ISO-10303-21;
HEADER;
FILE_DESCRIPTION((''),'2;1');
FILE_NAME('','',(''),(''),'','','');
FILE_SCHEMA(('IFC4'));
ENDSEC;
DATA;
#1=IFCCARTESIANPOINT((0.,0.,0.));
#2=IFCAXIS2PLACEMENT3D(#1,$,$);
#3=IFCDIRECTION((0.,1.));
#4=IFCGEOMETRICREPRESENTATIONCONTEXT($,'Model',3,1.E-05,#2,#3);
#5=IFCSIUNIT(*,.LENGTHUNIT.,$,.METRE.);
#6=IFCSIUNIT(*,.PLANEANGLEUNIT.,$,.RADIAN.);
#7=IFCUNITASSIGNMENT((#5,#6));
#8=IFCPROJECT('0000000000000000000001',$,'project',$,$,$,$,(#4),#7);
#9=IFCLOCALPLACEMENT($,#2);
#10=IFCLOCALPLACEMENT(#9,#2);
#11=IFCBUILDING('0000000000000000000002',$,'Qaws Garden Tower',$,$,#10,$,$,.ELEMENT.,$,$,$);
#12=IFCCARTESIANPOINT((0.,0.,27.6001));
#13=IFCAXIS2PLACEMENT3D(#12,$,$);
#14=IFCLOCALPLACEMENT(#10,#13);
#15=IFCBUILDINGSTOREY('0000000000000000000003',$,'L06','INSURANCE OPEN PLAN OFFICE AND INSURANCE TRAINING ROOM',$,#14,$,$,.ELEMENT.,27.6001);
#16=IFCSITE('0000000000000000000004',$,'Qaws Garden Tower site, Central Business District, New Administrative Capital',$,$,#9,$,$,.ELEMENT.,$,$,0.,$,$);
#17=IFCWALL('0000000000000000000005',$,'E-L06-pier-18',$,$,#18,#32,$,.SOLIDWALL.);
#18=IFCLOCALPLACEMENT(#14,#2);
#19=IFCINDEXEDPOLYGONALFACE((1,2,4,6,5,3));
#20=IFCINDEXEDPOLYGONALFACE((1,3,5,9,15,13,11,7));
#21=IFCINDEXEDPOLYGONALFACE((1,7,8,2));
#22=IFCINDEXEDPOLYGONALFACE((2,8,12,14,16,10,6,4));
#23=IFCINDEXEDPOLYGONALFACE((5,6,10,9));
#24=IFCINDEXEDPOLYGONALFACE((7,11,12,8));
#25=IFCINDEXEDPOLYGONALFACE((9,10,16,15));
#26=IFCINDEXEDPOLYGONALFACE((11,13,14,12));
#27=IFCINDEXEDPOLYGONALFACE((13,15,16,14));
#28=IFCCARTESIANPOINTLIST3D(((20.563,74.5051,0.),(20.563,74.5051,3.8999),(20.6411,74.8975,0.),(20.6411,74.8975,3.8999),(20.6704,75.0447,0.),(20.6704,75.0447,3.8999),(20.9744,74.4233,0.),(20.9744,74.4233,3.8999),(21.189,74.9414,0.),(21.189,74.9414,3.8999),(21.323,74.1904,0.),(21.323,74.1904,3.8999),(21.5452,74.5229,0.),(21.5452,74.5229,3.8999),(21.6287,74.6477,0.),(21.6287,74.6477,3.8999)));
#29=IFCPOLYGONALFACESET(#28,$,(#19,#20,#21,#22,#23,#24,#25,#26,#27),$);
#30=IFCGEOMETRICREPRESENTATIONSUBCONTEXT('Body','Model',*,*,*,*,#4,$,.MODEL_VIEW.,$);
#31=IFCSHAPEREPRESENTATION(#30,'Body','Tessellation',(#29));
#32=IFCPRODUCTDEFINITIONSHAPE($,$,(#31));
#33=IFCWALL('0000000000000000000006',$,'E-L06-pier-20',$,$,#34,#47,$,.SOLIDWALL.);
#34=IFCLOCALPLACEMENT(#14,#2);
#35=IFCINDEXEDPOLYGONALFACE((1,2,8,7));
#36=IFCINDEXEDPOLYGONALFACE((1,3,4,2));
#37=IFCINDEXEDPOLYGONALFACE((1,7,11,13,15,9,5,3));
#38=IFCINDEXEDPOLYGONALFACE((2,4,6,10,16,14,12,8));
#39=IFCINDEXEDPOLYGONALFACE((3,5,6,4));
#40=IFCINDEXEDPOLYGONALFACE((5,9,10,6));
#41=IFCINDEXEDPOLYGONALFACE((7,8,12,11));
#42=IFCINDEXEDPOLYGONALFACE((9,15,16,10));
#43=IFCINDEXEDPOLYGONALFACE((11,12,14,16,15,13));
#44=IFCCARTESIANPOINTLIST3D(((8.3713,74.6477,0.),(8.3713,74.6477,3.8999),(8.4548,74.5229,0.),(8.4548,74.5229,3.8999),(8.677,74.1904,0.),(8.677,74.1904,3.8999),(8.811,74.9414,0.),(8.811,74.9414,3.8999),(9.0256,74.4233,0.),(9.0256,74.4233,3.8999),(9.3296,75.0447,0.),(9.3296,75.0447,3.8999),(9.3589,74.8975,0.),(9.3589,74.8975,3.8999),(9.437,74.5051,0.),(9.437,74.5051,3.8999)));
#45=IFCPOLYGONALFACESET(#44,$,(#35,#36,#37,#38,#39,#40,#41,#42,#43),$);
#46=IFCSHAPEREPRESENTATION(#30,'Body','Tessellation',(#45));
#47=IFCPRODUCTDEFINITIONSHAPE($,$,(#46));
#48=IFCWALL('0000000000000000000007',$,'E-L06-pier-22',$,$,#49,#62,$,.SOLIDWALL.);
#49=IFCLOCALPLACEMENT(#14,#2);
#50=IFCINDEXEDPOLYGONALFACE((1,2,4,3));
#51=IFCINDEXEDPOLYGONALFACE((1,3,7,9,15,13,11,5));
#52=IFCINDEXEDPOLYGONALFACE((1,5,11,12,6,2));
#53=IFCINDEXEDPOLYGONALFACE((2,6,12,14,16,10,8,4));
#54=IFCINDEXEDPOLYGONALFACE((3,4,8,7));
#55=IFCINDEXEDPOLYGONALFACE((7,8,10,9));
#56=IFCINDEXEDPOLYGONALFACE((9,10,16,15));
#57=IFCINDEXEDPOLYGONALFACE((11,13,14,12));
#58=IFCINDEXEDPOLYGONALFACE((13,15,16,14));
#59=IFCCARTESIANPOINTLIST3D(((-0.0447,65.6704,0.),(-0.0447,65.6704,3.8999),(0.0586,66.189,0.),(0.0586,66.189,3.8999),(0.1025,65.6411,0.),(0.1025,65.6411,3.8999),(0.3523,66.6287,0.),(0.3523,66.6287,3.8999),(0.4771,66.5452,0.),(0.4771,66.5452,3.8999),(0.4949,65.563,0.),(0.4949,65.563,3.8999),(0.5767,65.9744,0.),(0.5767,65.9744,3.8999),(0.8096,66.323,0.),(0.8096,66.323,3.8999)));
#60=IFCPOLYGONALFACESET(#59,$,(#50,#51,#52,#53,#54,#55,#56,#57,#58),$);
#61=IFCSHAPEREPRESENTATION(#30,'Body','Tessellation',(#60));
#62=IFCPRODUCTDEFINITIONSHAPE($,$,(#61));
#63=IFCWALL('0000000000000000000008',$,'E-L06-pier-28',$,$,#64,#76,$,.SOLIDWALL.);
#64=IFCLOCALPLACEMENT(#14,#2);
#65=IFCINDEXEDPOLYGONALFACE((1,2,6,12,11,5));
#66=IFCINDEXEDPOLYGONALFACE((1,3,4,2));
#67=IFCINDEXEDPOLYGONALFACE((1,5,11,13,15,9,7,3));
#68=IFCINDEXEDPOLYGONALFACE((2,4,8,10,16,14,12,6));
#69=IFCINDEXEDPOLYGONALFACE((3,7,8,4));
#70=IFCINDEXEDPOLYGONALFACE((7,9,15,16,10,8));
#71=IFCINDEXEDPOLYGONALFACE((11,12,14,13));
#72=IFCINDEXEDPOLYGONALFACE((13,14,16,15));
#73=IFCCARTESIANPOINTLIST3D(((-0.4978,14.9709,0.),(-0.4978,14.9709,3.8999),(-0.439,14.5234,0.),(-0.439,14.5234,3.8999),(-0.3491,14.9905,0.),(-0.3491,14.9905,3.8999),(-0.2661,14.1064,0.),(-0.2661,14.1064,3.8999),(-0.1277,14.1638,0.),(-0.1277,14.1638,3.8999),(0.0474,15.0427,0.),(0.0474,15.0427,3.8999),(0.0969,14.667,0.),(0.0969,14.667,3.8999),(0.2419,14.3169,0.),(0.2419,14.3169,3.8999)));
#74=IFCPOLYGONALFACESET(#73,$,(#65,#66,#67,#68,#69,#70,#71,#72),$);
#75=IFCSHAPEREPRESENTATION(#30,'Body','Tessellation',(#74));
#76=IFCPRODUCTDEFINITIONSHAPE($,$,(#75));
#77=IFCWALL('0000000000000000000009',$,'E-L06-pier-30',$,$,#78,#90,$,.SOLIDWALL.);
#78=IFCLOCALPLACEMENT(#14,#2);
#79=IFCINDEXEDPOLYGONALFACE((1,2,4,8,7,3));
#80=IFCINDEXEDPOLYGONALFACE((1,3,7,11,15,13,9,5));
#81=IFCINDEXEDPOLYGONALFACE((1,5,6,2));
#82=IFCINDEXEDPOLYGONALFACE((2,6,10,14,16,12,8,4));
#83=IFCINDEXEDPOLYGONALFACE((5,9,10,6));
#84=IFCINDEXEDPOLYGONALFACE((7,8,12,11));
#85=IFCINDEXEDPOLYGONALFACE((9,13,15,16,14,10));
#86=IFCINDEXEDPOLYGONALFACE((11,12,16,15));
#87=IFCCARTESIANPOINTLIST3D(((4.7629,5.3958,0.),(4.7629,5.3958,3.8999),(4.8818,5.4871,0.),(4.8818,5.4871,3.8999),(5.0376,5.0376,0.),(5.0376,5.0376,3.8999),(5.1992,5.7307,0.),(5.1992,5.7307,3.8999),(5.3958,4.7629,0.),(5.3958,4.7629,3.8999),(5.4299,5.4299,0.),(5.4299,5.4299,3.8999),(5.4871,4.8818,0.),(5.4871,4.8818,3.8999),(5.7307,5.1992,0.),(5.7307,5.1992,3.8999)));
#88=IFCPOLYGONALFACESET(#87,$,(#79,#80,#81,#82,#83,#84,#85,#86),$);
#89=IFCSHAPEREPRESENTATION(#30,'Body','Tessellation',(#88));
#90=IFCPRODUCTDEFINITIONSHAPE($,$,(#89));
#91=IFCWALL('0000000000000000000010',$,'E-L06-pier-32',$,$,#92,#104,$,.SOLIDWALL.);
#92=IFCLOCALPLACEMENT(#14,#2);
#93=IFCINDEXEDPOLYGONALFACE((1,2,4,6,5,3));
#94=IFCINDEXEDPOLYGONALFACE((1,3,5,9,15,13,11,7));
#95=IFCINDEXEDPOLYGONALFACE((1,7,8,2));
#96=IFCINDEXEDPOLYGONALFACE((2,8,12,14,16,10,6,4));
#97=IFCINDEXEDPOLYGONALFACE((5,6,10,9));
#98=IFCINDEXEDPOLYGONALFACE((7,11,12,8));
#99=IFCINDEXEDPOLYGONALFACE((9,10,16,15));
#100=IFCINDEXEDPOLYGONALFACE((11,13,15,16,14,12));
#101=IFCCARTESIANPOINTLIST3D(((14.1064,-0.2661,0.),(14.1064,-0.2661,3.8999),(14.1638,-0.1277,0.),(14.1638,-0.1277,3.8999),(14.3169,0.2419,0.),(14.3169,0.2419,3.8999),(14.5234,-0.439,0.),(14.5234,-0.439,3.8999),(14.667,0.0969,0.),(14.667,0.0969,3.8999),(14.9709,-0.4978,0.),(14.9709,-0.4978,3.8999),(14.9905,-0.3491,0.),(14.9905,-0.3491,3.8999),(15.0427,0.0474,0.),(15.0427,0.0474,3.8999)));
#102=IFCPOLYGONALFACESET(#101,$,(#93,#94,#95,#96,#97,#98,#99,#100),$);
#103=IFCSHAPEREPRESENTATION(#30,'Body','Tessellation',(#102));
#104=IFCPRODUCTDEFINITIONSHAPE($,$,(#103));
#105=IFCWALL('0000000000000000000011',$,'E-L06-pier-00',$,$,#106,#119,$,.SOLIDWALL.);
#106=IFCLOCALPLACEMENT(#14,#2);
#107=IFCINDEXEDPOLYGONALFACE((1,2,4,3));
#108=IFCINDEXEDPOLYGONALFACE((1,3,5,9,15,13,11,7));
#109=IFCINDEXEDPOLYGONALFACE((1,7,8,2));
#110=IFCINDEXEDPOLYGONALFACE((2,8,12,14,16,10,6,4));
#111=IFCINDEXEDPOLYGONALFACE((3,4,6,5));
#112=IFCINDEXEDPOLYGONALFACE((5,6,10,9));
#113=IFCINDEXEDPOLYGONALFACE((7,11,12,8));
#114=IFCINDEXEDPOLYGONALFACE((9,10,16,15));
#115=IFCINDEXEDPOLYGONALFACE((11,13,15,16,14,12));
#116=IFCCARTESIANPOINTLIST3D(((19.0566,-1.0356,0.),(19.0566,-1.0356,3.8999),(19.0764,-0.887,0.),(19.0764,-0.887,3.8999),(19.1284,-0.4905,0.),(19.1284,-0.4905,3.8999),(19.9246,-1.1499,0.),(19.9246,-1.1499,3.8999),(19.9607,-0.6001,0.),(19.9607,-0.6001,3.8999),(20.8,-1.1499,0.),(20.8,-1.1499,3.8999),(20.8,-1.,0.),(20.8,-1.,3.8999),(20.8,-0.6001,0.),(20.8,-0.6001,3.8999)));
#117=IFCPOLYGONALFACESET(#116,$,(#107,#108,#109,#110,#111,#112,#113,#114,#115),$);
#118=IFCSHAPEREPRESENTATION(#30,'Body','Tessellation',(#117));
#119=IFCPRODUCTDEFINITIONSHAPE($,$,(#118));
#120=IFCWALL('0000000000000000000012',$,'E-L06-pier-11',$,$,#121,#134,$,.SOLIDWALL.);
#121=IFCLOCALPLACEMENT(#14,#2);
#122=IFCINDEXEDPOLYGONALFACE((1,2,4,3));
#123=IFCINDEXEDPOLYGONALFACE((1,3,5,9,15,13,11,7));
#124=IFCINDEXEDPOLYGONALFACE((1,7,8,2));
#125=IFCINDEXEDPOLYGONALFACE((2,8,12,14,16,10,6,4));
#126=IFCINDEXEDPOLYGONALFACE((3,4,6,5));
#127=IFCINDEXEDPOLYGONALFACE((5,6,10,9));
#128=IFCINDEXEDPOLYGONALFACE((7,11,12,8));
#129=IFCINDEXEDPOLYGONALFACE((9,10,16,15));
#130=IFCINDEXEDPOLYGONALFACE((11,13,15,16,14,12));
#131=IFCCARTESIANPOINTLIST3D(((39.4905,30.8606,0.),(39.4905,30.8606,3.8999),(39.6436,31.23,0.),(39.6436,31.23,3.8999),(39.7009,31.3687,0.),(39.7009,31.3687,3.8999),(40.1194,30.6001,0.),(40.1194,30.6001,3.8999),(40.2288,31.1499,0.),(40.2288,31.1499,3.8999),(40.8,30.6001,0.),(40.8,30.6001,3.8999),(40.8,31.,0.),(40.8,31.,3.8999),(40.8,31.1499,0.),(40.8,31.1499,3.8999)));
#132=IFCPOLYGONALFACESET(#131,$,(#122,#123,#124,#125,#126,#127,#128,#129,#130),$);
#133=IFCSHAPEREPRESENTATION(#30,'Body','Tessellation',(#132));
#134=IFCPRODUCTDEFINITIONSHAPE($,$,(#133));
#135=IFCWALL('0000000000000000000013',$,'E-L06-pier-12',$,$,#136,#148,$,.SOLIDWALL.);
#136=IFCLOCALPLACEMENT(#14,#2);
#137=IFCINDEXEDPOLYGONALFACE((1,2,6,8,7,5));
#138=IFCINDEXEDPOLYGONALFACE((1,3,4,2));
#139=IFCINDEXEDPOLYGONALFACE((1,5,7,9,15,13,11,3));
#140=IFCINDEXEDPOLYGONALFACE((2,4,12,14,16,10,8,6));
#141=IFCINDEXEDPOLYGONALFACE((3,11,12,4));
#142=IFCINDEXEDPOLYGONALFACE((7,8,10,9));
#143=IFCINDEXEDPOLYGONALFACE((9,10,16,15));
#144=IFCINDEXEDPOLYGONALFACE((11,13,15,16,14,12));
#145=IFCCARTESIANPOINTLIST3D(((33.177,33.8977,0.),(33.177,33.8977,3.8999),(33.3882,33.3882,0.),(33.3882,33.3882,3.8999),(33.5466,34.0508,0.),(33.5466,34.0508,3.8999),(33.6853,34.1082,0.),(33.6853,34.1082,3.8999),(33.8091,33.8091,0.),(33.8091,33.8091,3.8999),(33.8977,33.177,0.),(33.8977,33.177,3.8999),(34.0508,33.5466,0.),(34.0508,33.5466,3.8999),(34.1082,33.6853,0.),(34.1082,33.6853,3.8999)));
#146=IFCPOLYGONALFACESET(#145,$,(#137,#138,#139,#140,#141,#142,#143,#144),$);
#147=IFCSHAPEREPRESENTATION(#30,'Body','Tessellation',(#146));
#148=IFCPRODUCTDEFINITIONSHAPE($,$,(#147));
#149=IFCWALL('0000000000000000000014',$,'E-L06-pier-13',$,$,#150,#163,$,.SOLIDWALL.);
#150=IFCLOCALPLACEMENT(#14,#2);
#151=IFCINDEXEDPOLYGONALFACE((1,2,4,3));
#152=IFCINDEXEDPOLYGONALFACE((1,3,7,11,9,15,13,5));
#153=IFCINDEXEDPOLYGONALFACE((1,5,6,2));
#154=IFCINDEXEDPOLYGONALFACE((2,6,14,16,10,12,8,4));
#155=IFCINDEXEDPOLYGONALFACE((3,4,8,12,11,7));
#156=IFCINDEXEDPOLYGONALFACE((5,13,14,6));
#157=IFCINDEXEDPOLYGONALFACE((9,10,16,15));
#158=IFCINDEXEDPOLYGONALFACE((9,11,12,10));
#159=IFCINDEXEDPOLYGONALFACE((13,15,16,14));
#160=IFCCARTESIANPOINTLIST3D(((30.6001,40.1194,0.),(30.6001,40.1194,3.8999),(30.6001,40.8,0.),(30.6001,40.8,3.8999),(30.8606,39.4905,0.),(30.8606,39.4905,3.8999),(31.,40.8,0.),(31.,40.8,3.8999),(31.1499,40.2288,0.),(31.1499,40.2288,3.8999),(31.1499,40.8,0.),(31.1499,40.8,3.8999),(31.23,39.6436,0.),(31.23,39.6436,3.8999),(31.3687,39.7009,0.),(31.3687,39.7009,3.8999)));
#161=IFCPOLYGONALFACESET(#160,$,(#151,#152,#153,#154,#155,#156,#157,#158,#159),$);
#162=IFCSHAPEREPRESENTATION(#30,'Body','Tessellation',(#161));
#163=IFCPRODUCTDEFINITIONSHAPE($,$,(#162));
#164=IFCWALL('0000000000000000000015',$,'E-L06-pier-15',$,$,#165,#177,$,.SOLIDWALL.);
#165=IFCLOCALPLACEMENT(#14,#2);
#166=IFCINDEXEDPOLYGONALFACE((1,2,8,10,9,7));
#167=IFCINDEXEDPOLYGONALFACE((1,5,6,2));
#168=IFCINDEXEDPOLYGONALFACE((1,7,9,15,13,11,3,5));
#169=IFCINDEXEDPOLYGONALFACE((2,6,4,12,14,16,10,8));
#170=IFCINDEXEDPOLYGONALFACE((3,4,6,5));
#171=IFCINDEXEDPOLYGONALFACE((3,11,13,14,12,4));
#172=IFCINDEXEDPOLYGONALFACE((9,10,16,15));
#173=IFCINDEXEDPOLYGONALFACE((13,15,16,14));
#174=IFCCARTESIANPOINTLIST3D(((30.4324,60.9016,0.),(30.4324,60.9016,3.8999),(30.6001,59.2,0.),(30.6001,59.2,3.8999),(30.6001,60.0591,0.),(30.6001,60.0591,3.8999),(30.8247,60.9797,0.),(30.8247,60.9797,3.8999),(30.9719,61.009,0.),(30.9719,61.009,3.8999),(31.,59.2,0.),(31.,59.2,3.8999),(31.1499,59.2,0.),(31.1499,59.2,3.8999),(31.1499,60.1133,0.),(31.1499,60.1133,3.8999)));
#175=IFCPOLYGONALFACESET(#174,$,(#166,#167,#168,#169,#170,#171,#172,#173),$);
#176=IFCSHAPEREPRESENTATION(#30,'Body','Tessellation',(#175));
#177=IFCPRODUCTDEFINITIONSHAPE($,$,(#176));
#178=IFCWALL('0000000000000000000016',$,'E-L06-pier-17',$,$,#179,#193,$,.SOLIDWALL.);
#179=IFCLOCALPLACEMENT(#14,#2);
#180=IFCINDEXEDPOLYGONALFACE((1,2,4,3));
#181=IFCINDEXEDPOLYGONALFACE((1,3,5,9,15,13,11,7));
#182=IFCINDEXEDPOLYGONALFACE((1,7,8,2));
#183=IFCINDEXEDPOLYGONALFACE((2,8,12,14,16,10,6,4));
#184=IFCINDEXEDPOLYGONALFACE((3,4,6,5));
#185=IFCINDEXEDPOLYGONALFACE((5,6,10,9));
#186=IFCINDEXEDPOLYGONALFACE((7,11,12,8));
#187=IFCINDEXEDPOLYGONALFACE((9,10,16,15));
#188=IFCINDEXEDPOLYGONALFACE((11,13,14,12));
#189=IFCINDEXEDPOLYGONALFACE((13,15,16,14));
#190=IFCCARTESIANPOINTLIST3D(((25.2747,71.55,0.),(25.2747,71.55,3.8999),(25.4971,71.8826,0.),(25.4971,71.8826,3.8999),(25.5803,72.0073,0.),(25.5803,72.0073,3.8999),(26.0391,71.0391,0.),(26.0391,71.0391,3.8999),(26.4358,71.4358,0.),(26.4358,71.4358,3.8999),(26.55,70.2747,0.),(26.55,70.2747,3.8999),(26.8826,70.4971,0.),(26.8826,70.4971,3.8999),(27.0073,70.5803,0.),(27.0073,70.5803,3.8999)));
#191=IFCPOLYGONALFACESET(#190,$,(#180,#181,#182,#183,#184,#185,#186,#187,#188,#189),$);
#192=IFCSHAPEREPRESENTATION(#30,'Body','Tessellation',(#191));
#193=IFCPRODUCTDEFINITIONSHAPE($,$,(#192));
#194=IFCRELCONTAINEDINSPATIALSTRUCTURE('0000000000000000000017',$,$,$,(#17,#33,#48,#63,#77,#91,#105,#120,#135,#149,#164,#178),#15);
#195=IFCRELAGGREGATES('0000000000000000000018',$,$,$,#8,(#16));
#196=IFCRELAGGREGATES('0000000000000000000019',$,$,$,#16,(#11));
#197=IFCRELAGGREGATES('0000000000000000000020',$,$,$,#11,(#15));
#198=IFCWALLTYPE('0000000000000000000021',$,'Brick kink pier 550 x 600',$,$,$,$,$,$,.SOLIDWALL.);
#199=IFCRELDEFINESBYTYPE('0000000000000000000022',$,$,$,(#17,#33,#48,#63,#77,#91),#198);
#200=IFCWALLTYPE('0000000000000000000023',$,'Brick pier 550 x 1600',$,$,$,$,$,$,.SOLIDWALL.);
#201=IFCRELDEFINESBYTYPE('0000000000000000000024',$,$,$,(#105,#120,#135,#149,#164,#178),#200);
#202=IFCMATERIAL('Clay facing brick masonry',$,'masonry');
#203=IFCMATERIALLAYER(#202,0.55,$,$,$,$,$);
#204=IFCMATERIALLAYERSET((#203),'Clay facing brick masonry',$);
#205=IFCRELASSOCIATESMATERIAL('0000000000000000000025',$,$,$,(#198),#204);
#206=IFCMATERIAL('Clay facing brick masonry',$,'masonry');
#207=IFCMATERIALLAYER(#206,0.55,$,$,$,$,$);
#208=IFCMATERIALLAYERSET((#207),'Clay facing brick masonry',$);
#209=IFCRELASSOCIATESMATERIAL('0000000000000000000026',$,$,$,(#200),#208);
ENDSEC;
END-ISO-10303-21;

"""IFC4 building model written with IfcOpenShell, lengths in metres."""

from ifc_helpers import new_model, si_unit, direction, frame, origin, place, context, subcontext, project, spatial, polyline, outline, extrude, material, layer, layer_set, type_object, element, save


model = new_model("IFC4")

# Units and contexts
model_context = context("Model", 3, precision=1e-05, world=origin(), true_north=direction((0.0, 1.0)))
body_context = subcontext(model_context, "Body", "Model", "MODEL_VIEW")
ifc_project = project(units=[si_unit("LENGTHUNIT", "METRE"), si_unit("PLANEANGLEUNIT", "RADIAN")], contexts=[model_context])

# Site, building, storey
site_placement = place(None, origin())
site = spatial("IfcSite", under=ifc_project, at=site_placement, Name="Qaws Garden Tower site, Central Business District, New Administrative Capital", CompositionType="ELEMENT", RefElevation=0.0)
building_placement = place(site_placement, origin())
building = spatial("IfcBuilding", under=site, at=building_placement, Name="Qaws Garden Tower", CompositionType="ELEMENT")
storey_placement = place(building_placement, frame((0.0, 0.0, 27.6001)))
storey = spatial("IfcBuildingStorey", under=building, at=storey_placement, Name="L06", Description="INSURANCE OPEN PLAN OFFICE AND INSURANCE TRAINING ROOM", CompositionType="ELEMENT", Elevation=27.6001)

# Walls
placement = place(storey_placement, origin())
ifc_material_1 = material(Name="Clay facing brick masonry", Category="masonry")
ifc_layer_1 = layer(ifc_material_1, 0.55)
ifc_layer_set_1 = layer_set([ifc_layer_1], Name="Clay facing brick masonry")
wall_type_1 = type_object("IfcWallType", Name="Brick kink pier 550 x 600", PredefinedType="SOLIDWALL", material=ifc_layer_set_1)
element("IfcWall", 1, at=placement, inside=storey, type_object=wall_type_1, Name="E-L06-pier-18", PredefinedType="SOLIDWALL", context=body_context, shape_type="SweptSolid", body=[
    extrude(outline(polyline([(21.5452, 74.5229), (21.6287, 74.6477), (21.189, 74.9414), (20.6704, 75.0447), (20.6411, 74.8975), (20.563, 74.5051), (20.9744, 74.4233), (21.323, 74.1904), (21.5452, 74.5229)])), origin(), (0.0, 0.0, 1.0), 3.8999),
])
element("IfcWall", 2, at=placement, inside=storey, type_object=wall_type_1, Name="E-L06-pier-20", PredefinedType="SOLIDWALL", context=body_context, shape_type="SweptSolid", body=[
    extrude(outline(polyline([(9.3589, 74.8975), (9.3296, 75.0447), (8.811, 74.9414), (8.3713, 74.6477), (8.4548, 74.5229), (8.677, 74.1904), (9.0256, 74.4233), (9.437, 74.5051), (9.3589, 74.8975)])), origin(), (0.0, 0.0, 1.0), 3.8999),
])
element("IfcWall", 3, at=placement, inside=storey, type_object=wall_type_1, Name="E-L06-pier-22", PredefinedType="SOLIDWALL", context=body_context, shape_type="SweptSolid", body=[
    extrude(outline(polyline([(0.4771, 66.5452), (0.3523, 66.6287), (0.0586, 66.189), (-0.0447, 65.6704), (0.1025, 65.6411), (0.4949, 65.563), (0.5767, 65.9744), (0.8096, 66.323), (0.4771, 66.5452)])), origin(), (0.0, 0.0, 1.0), 3.8999),
])
element("IfcWall", 4, at=placement, inside=storey, type_object=wall_type_1, Name="E-L06-pier-28", PredefinedType="SOLIDWALL", context=body_context, shape_type="SweptSolid", body=[
    extrude(outline(polyline([(-0.3491, 14.9905), (-0.4978, 14.9709), (-0.439, 14.5234), (-0.2661, 14.1064), (-0.1277, 14.1638), (0.2419, 14.3169), (0.0969, 14.667), (0.0474, 15.0427), (-0.3491, 14.9905)])), origin(), (0.0, 0.0, 1.0), 3.8999),
])
element("IfcWall", 5, at=placement, inside=storey, type_object=wall_type_1, Name="E-L06-pier-30", PredefinedType="SOLIDWALL", context=body_context, shape_type="SweptSolid", body=[
    extrude(outline(polyline([(4.8818, 5.4871), (4.7629, 5.3958), (5.0376, 5.0376), (5.3958, 4.7629), (5.4871, 4.8818), (5.7307, 5.1992), (5.4299, 5.4299), (5.1992, 5.7307), (4.8818, 5.4871)])), origin(), (0.0, 0.0, 1.0), 3.8999),
])
element("IfcWall", 6, at=placement, inside=storey, type_object=wall_type_1, Name="E-L06-pier-32", PredefinedType="SOLIDWALL", context=body_context, shape_type="SweptSolid", body=[
    extrude(outline(polyline([(14.1638, -0.1277), (14.1064, -0.2661), (14.5234, -0.439), (14.9709, -0.4978), (14.9905, -0.3491), (15.0427, 0.0474), (14.667, 0.0969), (14.3169, 0.2419), (14.1638, -0.1277)])), origin(), (0.0, 0.0, 1.0), 3.8999),
])
ifc_material_2 = material(Name="Clay facing brick masonry", Category="masonry")
ifc_layer_2 = layer(ifc_material_2, 0.55)
ifc_layer_set_2 = layer_set([ifc_layer_2], Name="Clay facing brick masonry")
wall_type_2 = type_object("IfcWallType", Name="Brick pier 550 x 1600", PredefinedType="SOLIDWALL", material=ifc_layer_set_2)
element("IfcWall", 7, at=placement, inside=storey, type_object=wall_type_2, Name="E-L06-pier-00", PredefinedType="SOLIDWALL", context=body_context, shape_type="SweptSolid", body=[
    extrude(outline(polyline([(19.0764, -0.887), (19.0566, -1.0356), (19.9246, -1.1499), (20.8, -1.1499), (20.8, -1.0), (20.8, -0.6001), (19.9607, -0.6001), (19.1284, -0.4905), (19.0764, -0.887)])), origin(), (0.0, 0.0, 1.0), 3.8999),
])
element("IfcWall", 8, at=placement, inside=storey, type_object=wall_type_2, Name="E-L06-pier-11", PredefinedType="SOLIDWALL", context=body_context, shape_type="SweptSolid", body=[
    extrude(outline(polyline([(40.8, 31.0), (40.8, 31.1499), (40.2288, 31.1499), (39.7009, 31.3687), (39.6436, 31.23), (39.4905, 30.8606), (40.1194, 30.6001), (40.8, 30.6001), (40.8, 31.0)])), origin(), (0.0, 0.0, 1.0), 3.8999),
])
element("IfcWall", 9, at=placement, inside=storey, type_object=wall_type_2, Name="E-L06-pier-12", PredefinedType="SOLIDWALL", context=body_context, shape_type="SweptSolid", body=[
    extrude(outline(polyline([(34.0508, 33.5466), (34.1082, 33.6853), (33.8091, 33.8091), (33.6853, 34.1082), (33.5466, 34.0508), (33.177, 33.8977), (33.3882, 33.3882), (33.8977, 33.177), (34.0508, 33.5466)])), origin(), (0.0, 0.0, 1.0), 3.8999),
])
element("IfcWall", 10, at=placement, inside=storey, type_object=wall_type_2, Name="E-L06-pier-13", PredefinedType="SOLIDWALL", context=body_context, shape_type="SweptSolid", body=[
    extrude(outline(polyline([(31.23, 39.6436), (31.3687, 39.7009), (31.1499, 40.2288), (31.1499, 40.8), (31.0, 40.8), (30.6001, 40.8), (30.6001, 40.1194), (30.8606, 39.4905), (31.23, 39.6436)])), origin(), (0.0, 0.0, 1.0), 3.8999),
])
element("IfcWall", 11, at=placement, inside=storey, type_object=wall_type_2, Name="E-L06-pier-15", PredefinedType="SOLIDWALL", context=body_context, shape_type="SweptSolid", body=[
    extrude(outline(polyline([(31.0, 59.2), (31.1499, 59.2), (31.1499, 60.1133), (30.9719, 61.009), (30.8247, 60.9797), (30.4324, 60.9016), (30.6001, 60.0591), (30.6001, 59.2), (31.0, 59.2)])), origin(), (0.0, 0.0, 1.0), 3.8999),
])
element("IfcWall", 12, at=placement, inside=storey, type_object=wall_type_2, Name="E-L06-pier-17", PredefinedType="SOLIDWALL", context=body_context, shape_type="SweptSolid", body=[
    extrude(outline(polyline([(26.8826, 70.4971), (27.0073, 70.5803), (26.4358, 71.4358), (25.5803, 72.0073), (25.4971, 71.8826), (25.2747, 71.55), (26.0391, 71.0391), (26.55, 70.2747), (26.8826, 70.4971)])), origin(), (0.0, 0.0, 1.0), 3.8999),
])

save(model, "model.ifc")
